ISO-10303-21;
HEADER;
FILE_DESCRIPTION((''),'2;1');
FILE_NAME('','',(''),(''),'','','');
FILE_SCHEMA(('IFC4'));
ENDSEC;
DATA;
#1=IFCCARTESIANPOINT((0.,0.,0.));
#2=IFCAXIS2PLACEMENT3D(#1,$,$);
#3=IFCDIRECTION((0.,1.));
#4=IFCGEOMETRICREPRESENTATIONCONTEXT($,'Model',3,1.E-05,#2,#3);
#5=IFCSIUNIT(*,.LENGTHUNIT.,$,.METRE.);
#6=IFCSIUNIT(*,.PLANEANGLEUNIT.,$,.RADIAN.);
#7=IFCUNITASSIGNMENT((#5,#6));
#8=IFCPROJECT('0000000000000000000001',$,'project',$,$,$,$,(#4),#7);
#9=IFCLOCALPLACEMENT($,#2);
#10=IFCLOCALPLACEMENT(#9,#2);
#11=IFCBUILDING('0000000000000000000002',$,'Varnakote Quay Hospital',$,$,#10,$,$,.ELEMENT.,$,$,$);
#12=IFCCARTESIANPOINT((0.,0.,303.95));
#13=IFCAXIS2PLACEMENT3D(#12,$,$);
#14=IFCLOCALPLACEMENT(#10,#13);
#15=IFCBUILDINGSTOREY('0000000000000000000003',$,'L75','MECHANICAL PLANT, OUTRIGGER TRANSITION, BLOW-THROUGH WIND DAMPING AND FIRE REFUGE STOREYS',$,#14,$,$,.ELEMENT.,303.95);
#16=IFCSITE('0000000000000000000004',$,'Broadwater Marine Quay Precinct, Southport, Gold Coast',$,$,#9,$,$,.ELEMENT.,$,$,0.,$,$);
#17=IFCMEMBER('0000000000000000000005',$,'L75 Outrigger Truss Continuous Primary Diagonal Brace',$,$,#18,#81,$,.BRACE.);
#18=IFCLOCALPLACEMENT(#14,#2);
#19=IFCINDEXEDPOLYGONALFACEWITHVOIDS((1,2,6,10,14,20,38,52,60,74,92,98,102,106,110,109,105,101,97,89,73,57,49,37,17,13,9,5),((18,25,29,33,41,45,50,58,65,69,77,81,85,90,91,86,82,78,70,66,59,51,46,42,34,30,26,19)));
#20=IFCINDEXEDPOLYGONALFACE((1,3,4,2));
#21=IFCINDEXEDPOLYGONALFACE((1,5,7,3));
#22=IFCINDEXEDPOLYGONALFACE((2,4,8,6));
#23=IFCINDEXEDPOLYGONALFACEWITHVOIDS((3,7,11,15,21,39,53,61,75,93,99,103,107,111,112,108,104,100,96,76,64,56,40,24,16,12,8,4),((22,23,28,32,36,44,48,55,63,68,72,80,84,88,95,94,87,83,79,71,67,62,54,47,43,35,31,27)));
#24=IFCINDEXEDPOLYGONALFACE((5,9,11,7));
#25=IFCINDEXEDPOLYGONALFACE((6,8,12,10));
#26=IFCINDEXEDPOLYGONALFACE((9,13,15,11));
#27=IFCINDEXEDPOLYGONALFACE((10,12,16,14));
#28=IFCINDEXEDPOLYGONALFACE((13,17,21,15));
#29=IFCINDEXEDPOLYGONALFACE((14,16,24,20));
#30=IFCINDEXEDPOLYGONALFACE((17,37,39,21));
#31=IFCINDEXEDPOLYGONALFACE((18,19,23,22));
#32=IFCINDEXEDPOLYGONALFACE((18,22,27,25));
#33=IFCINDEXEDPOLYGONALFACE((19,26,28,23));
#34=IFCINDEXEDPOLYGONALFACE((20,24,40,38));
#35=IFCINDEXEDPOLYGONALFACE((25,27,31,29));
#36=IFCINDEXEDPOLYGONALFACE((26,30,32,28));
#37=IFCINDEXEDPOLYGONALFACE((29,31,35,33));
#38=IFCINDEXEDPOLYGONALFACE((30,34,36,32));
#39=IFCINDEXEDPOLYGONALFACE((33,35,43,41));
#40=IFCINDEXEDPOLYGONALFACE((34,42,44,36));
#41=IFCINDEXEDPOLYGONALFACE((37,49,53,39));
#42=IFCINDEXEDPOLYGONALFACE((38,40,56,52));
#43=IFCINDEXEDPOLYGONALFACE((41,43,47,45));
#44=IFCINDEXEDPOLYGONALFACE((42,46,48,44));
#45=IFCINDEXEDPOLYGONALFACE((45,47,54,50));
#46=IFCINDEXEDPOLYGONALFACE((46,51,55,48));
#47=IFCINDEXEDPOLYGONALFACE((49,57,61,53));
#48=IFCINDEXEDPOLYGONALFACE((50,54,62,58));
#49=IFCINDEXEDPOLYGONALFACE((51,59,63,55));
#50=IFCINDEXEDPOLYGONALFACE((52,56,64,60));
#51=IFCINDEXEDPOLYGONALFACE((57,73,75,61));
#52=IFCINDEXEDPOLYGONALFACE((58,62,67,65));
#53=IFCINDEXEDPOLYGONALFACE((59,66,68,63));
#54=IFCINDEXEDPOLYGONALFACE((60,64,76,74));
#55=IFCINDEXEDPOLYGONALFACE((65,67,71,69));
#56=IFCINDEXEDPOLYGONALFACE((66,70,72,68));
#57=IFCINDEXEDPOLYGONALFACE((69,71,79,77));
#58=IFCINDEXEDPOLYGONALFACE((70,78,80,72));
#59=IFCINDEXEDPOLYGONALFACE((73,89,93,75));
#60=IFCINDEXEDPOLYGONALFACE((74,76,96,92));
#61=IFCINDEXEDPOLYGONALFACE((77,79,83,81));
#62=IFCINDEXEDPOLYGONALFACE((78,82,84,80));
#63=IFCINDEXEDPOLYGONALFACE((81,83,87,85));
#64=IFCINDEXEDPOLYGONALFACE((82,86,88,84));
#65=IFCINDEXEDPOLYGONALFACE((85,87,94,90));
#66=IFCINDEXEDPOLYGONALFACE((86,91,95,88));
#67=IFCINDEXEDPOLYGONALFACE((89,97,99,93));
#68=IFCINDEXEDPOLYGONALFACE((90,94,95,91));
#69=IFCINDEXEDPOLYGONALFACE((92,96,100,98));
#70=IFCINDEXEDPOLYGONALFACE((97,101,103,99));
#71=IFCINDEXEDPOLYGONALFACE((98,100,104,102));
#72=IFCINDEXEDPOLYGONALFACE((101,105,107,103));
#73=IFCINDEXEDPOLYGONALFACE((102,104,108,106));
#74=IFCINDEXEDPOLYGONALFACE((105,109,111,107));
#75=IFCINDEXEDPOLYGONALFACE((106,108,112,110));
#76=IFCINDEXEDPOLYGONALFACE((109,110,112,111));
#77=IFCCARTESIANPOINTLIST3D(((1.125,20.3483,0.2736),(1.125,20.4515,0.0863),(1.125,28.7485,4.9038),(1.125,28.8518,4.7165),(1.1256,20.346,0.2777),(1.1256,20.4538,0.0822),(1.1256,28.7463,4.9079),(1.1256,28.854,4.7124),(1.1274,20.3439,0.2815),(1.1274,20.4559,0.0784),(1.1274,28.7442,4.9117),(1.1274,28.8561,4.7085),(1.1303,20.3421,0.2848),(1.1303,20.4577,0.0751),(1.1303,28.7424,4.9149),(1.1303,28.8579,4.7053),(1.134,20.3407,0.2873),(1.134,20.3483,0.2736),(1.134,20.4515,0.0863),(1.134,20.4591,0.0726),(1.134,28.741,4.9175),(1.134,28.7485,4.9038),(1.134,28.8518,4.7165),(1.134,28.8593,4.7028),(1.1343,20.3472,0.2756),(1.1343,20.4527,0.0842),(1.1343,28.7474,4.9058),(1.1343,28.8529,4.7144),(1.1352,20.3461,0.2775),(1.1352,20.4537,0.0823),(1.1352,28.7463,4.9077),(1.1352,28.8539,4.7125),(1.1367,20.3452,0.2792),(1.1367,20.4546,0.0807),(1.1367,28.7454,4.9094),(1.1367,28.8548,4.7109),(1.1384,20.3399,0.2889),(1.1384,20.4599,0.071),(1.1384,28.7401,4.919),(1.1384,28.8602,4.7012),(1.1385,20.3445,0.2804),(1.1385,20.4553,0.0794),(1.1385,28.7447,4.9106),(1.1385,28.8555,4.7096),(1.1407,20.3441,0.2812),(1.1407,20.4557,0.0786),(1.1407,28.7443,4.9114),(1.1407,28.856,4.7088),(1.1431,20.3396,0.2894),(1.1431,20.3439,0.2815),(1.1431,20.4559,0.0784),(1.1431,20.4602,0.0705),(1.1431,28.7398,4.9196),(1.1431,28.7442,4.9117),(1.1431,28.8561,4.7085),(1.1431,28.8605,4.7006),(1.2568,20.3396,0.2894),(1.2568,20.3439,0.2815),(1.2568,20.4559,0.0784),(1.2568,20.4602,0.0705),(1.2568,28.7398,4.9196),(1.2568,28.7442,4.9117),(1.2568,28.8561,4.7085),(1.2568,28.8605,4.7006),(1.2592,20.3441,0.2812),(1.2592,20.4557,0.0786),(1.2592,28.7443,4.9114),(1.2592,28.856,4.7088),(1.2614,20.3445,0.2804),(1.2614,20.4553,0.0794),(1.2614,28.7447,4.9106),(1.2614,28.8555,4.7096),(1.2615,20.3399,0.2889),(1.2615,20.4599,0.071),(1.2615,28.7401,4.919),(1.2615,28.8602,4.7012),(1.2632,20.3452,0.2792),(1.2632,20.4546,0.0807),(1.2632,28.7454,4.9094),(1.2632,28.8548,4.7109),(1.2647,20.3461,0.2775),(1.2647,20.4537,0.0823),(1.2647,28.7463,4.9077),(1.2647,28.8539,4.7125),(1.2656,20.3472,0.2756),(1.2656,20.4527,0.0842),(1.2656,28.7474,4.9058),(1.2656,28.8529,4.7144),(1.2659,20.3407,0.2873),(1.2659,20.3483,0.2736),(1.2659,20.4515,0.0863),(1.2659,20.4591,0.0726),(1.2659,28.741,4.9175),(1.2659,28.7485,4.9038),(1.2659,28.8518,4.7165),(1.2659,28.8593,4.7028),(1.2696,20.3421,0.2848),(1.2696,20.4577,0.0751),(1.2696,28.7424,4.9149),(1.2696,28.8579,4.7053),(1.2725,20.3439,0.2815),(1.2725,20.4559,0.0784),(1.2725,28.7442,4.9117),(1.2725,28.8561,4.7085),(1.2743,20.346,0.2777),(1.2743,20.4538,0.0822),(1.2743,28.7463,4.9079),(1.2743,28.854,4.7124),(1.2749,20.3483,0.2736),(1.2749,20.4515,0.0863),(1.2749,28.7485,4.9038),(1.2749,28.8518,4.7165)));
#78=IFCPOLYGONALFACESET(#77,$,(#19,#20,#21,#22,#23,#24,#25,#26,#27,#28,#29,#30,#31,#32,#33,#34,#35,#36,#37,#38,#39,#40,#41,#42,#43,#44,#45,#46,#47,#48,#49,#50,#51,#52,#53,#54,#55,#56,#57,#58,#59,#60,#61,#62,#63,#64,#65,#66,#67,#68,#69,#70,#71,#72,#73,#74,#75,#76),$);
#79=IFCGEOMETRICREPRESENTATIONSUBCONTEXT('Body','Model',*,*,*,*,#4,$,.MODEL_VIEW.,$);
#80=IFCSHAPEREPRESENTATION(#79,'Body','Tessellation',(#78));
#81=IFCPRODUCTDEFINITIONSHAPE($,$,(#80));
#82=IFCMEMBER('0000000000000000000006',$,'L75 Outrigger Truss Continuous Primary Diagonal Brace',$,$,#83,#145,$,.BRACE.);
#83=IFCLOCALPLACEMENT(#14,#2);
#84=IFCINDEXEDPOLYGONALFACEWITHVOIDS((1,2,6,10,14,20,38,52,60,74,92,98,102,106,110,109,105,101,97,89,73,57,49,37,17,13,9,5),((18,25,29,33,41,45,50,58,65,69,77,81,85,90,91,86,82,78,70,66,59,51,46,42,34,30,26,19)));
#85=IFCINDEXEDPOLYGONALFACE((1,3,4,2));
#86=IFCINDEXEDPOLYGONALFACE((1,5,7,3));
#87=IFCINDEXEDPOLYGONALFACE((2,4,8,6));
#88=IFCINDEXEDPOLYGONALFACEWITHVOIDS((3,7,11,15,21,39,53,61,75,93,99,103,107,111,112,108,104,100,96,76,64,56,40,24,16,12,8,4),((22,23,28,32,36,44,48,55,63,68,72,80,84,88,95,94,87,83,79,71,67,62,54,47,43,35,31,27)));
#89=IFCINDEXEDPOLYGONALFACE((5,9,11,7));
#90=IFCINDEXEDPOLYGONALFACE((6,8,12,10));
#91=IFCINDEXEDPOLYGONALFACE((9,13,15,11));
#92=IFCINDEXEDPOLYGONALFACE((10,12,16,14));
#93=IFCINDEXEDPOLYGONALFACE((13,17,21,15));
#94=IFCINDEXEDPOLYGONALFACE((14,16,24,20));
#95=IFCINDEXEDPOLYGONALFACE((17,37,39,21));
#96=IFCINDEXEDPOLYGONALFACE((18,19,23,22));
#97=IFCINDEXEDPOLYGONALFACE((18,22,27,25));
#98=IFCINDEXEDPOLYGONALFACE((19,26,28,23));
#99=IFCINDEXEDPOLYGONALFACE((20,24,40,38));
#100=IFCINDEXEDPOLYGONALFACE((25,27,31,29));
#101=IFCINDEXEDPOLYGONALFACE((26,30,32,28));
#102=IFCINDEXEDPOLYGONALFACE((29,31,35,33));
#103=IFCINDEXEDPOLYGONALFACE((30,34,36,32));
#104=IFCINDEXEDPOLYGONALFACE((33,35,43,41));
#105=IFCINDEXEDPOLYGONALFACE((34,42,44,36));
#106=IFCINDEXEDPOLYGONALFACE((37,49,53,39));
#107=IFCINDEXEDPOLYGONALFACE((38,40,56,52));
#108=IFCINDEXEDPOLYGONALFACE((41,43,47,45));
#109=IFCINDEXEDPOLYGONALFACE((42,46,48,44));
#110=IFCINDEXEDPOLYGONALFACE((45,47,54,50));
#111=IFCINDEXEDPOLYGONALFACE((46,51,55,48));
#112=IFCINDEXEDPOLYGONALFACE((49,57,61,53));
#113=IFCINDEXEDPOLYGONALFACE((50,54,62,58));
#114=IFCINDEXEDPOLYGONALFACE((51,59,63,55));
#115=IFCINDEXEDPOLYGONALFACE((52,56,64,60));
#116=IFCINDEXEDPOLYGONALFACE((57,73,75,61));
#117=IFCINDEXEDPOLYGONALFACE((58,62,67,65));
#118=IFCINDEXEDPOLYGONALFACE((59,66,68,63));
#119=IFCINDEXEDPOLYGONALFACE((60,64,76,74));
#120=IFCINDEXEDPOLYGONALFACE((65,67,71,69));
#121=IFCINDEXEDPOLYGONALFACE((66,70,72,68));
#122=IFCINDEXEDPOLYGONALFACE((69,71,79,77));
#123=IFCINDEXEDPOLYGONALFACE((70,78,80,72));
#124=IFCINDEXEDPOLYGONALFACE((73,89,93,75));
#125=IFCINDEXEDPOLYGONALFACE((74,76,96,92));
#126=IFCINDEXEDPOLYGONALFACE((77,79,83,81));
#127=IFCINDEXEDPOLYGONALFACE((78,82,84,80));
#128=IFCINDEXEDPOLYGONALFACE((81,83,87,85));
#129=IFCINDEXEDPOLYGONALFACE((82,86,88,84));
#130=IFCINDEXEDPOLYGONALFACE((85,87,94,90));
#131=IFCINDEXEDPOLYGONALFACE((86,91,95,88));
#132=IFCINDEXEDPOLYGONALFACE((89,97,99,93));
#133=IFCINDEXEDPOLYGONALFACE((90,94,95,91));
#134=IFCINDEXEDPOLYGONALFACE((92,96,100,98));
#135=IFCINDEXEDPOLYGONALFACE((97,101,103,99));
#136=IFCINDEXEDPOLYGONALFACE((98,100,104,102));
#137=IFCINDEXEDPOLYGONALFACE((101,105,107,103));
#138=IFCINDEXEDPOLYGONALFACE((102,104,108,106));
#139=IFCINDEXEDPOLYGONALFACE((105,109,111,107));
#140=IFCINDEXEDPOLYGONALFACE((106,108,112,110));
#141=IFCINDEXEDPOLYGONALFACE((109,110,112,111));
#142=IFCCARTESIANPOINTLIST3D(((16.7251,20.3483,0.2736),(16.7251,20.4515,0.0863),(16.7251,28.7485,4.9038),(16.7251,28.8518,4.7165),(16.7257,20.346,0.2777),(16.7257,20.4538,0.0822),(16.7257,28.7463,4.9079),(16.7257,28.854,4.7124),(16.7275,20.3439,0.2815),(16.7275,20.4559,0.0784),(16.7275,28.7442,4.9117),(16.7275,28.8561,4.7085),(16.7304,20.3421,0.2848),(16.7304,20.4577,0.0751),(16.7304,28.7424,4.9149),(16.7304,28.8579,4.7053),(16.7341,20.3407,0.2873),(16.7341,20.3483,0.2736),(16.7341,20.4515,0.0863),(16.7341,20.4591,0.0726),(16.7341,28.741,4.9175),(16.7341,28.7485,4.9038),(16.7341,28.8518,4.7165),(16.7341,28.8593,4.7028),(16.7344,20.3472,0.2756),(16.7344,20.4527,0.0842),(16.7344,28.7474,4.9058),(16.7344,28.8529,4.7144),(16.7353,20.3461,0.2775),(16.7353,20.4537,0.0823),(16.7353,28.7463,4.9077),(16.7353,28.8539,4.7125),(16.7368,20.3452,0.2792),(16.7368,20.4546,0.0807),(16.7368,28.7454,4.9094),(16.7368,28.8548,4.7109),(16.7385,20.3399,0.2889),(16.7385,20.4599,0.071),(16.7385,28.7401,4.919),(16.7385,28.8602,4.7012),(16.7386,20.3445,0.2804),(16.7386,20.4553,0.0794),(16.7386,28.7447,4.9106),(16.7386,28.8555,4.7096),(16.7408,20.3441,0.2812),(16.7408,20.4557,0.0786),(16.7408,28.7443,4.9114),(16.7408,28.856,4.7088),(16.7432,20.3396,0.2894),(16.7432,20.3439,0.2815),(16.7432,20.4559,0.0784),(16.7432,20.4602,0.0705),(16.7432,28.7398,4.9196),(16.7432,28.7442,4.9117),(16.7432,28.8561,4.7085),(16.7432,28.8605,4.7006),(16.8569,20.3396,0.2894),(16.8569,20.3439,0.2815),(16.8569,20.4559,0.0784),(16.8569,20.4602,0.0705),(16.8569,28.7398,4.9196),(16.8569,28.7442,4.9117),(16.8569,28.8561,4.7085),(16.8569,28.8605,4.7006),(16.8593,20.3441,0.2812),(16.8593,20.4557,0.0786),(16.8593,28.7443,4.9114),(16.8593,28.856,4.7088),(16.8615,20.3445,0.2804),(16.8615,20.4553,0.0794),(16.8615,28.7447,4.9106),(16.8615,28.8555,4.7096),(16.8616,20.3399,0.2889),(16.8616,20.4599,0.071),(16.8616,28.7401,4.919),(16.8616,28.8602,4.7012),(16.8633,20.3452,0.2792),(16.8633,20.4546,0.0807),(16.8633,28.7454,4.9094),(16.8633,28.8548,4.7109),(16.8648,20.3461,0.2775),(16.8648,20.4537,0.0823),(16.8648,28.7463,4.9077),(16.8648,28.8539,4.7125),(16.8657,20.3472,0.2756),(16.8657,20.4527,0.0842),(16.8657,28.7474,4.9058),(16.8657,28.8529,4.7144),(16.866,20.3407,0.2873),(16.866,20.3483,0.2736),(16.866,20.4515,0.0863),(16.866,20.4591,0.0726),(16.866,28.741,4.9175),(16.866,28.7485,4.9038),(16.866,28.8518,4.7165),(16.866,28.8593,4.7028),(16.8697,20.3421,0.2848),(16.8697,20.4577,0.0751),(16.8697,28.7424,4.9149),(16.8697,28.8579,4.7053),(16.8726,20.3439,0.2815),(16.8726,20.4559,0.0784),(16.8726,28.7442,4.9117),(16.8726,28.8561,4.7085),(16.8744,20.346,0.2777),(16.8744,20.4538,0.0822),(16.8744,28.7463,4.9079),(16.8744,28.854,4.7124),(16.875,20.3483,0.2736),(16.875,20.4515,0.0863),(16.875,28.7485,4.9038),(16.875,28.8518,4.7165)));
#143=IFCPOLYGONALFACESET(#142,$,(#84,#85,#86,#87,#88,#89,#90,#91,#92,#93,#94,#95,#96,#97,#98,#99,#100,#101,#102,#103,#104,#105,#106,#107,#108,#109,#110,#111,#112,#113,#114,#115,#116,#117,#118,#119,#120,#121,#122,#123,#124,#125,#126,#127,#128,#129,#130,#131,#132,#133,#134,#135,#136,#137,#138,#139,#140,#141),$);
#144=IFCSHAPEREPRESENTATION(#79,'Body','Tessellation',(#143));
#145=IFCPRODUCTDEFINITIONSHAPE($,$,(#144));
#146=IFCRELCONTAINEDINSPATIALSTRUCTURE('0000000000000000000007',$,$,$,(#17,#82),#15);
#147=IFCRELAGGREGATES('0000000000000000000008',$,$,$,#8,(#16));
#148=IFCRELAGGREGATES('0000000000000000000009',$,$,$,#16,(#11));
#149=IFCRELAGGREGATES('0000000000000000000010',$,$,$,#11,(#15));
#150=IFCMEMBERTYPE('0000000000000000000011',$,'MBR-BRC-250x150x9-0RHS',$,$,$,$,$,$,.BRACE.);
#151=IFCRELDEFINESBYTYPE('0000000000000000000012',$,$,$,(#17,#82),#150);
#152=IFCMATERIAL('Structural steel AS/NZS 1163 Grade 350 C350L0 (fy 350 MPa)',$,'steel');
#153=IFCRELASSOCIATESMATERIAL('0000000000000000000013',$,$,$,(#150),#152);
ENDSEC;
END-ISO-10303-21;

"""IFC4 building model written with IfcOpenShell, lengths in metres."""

from ifc_helpers import new_model, si_unit, direction, frame, origin, origin_2d, place, context, subcontext, project, spatial, hollow_rectangle, extrude, material, material_profile, profile_set, type_object, element, save


model = new_model("IFC4")

# Units and contexts
model_context = context("Model", 3, precision=1e-05, world=origin(), true_north=direction((0.0, 1.0)))
body_context = subcontext(model_context, "Body", "Model", "MODEL_VIEW")
ifc_project = project(units=[si_unit("LENGTHUNIT", "METRE"), si_unit("PLANEANGLEUNIT", "RADIAN")], contexts=[model_context])

# Site, building, storey
site_placement = place(None, origin())
site = spatial("IfcSite", under=ifc_project, at=site_placement, Name="Broadwater Marine Quay Precinct, Southport, Gold Coast", CompositionType="ELEMENT", RefElevation=0.0)
building_placement = place(site_placement, origin())
building = spatial("IfcBuilding", under=site, at=building_placement, Name="Varnakote Quay Hospital", CompositionType="ELEMENT")
storey_placement = place(building_placement, frame((0.0, 0.0, 303.95)))
storey = spatial("IfcBuildingStorey", under=building, at=storey_placement, Name="L75", Description="MECHANICAL PLANT, OUTRIGGER TRANSITION, BLOW-THROUGH WIND DAMPING AND FIRE REFUGE STOREYS", CompositionType="ELEMENT", Elevation=303.95)

# Members
ifc_material_1 = material(Name="Structural steel AS/NZS 1163 Grade 350 C350L0 (fy 350 MPa)", Category="steel")
ifc_material_profile_1 = material_profile(ifc_material_1, hollow_rectangle(XDim=0.1499, YDim=0.25, WallThickness=0.009, InnerFilletRadius=0.009, OuterFilletRadius=0.0181, at=origin_2d()), Name="250x150x9.0RHS")
ifc_profile_set_1 = profile_set([ifc_material_profile_1], Name="Structural steel AS/NZS 1163 Grade 350 C350L0 (fy 350 MPa)")
member_type_1 = type_object("IfcMemberType", Name="MBR-BRC-250x150x9-0RHS", PredefinedType="BRACE", material=ifc_profile_set_1)
for number, where, z_axis, x_axis, name in (
    (1, (1.2, 20.3999, 0.1799), (0.0, 0.875773, 0.482723), (-1.0, 0.0, 0.0), "L75 Outrigger Truss Continuous Primary Diagonal Brace"),
    (2, (16.8, 20.3999, 0.1799), (0.0, 0.875773, 0.482723), (-1.0, 0.0, 0.0), "L75 Outrigger Truss Continuous Primary Diagonal Brace"),
):
    element("IfcMember", number, at=place(storey_placement, frame(where, z_axis=z_axis, x_axis=x_axis)), inside=storey, type_object=member_type_1, Name=name, PredefinedType="BRACE", context=body_context, shape_type="SweptSolid", body=[
        extrude(hollow_rectangle(XDim=0.1499, YDim=0.25, WallThickness=0.009, InnerFilletRadius=0.009, OuterFilletRadius=0.0181, at=origin_2d()), origin(), (0.0, 0.0, 1.0), 9.5918),
    ])

save(model, "model.ifc")
